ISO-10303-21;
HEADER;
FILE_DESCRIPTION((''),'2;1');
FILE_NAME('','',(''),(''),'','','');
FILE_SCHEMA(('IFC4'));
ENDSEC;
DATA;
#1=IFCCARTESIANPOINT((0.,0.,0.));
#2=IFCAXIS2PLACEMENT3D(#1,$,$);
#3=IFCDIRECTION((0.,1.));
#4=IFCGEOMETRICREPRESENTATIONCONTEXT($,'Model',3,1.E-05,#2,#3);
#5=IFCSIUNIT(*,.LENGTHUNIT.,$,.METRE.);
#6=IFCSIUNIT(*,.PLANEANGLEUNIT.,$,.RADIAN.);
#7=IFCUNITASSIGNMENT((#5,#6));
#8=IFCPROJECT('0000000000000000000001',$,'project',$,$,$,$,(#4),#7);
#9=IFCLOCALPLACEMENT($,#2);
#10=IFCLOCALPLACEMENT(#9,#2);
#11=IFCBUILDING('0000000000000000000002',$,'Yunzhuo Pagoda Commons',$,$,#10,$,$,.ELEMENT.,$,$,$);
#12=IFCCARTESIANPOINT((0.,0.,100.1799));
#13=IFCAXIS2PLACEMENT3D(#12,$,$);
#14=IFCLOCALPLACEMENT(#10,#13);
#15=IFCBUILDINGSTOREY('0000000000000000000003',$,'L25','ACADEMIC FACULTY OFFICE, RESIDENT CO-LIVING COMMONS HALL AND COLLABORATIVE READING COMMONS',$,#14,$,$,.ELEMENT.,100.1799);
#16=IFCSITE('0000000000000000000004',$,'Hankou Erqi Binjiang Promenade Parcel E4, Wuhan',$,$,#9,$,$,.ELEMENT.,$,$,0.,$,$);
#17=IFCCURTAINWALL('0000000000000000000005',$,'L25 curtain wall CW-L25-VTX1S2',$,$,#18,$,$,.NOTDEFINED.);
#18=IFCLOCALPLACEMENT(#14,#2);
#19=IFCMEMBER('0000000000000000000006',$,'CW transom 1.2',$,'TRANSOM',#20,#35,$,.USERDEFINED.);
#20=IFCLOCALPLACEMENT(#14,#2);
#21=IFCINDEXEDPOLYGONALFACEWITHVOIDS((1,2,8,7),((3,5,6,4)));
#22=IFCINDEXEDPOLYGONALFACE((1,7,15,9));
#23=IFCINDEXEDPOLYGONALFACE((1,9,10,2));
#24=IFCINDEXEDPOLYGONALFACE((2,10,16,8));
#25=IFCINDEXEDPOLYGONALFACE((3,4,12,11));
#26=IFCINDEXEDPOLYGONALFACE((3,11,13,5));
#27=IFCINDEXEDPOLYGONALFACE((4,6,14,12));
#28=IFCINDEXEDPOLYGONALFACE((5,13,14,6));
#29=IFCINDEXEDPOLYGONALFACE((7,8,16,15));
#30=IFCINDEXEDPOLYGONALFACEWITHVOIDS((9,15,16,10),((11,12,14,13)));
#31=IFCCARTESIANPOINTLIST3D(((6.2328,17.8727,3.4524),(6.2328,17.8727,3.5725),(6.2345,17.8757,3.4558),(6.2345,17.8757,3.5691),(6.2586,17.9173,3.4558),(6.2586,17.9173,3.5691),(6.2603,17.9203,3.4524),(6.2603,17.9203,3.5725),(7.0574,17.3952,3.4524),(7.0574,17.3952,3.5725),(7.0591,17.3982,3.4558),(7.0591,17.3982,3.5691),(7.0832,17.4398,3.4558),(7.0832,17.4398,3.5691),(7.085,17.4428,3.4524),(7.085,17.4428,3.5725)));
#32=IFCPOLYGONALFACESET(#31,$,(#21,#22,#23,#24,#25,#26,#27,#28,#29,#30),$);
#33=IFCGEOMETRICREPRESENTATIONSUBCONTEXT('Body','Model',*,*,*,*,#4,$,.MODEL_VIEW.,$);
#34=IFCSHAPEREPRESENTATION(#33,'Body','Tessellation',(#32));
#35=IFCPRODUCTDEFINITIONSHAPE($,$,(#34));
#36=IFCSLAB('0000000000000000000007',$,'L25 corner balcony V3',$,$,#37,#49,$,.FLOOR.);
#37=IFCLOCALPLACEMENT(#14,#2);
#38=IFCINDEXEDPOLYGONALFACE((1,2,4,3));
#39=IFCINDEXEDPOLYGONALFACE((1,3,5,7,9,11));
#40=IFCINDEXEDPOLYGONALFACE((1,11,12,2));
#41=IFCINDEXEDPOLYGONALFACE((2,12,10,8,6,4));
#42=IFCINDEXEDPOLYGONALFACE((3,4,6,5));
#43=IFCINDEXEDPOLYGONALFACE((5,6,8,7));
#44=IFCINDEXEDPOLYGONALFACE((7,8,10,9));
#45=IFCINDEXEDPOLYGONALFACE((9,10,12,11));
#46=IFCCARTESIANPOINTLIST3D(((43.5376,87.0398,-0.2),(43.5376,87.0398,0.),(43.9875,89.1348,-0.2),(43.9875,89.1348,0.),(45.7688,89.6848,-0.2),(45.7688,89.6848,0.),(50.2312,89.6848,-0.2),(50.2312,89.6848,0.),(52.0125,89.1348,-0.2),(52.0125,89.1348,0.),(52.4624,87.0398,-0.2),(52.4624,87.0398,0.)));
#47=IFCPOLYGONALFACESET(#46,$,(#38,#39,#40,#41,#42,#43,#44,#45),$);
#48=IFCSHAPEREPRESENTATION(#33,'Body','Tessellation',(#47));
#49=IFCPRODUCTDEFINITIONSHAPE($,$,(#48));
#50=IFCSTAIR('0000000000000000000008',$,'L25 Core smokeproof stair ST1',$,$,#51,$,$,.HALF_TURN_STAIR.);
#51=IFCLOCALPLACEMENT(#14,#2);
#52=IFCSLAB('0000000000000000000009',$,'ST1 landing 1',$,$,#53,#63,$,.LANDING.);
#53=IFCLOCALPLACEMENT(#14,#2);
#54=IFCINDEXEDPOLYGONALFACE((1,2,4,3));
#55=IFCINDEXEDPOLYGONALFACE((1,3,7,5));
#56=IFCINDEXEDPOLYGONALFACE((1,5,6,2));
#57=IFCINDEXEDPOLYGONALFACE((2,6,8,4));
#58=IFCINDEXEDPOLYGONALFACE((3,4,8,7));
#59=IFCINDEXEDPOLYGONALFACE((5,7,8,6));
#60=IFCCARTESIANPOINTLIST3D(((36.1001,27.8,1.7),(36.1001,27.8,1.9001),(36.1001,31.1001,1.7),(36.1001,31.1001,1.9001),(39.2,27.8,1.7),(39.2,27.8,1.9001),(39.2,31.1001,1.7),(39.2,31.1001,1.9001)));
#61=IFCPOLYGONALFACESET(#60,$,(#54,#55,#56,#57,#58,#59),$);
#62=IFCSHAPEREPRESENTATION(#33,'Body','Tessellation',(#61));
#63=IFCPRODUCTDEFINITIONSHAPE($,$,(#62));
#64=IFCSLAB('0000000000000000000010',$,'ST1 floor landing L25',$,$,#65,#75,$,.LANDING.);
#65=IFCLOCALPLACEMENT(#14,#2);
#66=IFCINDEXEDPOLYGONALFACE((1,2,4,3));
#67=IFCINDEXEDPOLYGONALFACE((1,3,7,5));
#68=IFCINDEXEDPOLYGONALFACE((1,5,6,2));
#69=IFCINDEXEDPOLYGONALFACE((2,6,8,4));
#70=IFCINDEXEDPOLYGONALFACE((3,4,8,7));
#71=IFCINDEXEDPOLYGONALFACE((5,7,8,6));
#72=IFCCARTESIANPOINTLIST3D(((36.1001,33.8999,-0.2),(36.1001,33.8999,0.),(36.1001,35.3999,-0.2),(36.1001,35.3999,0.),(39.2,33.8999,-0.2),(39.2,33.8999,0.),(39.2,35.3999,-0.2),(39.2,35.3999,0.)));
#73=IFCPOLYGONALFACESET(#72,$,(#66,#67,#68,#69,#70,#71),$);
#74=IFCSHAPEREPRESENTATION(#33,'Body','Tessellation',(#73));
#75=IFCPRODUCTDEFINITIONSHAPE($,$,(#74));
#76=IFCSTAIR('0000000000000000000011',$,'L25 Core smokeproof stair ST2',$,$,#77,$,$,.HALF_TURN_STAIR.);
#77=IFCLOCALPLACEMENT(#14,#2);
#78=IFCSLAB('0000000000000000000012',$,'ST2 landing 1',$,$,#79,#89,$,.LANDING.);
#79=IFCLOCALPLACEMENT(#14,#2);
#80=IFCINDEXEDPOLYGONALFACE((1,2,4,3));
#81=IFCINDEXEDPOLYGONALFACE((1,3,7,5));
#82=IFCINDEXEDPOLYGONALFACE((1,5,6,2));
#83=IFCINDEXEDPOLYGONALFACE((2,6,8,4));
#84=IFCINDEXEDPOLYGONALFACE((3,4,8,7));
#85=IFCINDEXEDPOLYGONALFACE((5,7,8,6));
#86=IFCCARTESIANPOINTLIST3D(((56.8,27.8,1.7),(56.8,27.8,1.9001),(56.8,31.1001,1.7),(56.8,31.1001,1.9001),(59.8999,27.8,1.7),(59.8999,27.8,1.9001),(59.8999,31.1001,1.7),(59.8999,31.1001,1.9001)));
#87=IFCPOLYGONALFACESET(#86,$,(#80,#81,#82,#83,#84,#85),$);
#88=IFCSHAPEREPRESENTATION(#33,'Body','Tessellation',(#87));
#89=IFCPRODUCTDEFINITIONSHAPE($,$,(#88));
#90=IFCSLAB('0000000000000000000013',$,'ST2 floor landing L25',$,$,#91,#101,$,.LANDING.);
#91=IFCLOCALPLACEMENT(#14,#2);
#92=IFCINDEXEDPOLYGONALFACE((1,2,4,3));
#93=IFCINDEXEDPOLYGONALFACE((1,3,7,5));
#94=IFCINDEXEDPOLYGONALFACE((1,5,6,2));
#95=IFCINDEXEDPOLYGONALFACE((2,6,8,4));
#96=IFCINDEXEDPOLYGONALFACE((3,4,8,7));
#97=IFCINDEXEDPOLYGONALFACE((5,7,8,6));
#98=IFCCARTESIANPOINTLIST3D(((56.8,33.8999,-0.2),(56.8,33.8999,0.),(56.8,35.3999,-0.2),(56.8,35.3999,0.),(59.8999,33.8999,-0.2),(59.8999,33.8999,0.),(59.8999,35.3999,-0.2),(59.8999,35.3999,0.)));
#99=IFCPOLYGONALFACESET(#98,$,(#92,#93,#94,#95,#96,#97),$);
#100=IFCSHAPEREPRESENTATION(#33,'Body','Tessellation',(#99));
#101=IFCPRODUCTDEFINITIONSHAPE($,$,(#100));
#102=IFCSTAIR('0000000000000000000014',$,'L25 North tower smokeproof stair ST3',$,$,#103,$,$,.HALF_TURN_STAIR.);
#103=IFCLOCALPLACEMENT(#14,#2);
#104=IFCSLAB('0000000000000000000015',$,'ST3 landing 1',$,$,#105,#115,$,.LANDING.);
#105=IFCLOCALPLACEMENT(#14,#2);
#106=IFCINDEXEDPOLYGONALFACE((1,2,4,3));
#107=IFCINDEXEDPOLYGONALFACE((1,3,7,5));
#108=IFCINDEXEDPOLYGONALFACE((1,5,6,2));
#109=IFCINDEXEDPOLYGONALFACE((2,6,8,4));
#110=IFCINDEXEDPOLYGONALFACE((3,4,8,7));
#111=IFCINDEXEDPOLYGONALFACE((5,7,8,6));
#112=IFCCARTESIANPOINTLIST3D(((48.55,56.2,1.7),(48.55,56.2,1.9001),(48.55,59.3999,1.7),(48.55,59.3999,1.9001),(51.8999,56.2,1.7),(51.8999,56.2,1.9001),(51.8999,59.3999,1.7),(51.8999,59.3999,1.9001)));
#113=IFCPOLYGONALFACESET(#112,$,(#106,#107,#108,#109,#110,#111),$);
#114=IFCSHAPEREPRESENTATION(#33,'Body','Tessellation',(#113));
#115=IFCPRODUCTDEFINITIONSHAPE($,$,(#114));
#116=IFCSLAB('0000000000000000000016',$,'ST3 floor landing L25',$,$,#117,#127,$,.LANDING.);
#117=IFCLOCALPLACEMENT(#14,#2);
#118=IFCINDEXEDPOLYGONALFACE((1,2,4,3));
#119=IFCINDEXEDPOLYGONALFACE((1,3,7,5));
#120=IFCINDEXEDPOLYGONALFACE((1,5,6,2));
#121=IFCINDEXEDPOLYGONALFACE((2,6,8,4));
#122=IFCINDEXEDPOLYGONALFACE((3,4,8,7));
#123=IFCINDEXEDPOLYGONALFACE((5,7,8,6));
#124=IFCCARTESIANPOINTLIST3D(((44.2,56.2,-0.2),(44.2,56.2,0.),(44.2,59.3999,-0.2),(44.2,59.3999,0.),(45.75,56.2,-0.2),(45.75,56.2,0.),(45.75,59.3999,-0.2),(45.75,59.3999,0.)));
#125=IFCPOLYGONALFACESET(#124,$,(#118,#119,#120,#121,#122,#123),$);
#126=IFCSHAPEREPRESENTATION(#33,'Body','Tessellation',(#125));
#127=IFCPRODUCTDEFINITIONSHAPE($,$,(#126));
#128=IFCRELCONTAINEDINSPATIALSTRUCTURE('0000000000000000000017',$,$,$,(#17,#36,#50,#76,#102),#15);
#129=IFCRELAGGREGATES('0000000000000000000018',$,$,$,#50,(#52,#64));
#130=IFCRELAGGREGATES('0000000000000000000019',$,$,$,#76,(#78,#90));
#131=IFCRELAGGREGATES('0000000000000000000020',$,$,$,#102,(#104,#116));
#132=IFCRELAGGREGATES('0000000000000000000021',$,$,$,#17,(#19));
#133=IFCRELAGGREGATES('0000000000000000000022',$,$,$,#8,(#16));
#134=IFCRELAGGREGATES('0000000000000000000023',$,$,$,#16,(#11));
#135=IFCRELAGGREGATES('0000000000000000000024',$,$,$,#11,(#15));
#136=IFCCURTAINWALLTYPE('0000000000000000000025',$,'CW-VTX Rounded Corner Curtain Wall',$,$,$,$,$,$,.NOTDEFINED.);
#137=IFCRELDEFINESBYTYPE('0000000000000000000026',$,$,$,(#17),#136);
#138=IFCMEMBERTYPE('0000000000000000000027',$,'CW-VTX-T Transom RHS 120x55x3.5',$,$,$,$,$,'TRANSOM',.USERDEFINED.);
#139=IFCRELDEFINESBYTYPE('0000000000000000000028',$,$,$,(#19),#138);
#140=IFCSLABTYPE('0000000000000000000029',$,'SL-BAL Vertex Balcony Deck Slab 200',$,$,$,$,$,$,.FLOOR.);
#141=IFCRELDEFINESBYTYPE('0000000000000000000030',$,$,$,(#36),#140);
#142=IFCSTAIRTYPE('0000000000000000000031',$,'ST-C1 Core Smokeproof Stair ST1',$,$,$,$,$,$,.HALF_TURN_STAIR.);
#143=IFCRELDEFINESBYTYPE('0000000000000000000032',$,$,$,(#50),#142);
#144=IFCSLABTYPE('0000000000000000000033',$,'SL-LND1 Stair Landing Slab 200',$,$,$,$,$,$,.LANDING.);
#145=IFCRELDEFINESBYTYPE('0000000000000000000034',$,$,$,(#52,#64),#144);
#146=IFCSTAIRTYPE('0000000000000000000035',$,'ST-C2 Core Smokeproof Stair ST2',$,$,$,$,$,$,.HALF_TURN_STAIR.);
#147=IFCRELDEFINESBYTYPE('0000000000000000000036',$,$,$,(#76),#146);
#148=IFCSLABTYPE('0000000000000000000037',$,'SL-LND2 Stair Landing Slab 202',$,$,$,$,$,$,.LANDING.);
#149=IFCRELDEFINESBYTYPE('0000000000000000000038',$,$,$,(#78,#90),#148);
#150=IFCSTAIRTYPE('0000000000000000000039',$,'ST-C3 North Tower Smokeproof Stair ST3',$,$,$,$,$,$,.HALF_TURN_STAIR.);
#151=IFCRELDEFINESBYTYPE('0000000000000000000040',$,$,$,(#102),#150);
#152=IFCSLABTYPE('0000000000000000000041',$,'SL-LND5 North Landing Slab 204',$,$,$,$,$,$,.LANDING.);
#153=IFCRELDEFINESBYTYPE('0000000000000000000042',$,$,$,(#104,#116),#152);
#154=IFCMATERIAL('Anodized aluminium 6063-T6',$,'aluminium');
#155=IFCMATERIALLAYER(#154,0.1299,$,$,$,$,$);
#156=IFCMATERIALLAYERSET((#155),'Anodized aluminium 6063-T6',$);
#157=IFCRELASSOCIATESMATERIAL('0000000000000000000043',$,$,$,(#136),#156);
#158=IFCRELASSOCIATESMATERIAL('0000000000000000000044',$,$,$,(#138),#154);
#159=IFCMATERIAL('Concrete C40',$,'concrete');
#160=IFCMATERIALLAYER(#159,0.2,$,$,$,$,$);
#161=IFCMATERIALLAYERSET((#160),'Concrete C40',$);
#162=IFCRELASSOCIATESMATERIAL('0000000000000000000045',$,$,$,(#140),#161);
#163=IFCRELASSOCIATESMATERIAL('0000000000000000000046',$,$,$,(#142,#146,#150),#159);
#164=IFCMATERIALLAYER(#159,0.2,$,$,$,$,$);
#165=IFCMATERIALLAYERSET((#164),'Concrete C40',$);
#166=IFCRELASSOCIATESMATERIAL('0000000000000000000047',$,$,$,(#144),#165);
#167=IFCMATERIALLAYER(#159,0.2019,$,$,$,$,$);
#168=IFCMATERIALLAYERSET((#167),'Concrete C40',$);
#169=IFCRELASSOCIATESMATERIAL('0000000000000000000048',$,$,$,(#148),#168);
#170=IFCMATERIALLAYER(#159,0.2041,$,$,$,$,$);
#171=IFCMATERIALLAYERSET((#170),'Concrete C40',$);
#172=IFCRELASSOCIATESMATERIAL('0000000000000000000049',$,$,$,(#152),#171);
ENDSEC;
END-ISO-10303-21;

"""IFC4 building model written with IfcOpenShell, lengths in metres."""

from ifc_helpers import new_model, si_unit, direction, frame, origin, origin_2d, place, context, subcontext, project, spatial, polyline, hollow_rectangle, outline, extrude, source, transform, mapped, material, layer, layer_set, material_profile, profile_set, type_object, element, aggregate, save


model = new_model("IFC4")

# Units and contexts
model_context = context("Model", 3, precision=1e-05, world=origin(), true_north=direction((0.0, 1.0)))
body_context = subcontext(model_context, "Body", "Model", "MODEL_VIEW")
ifc_project = project(units=[si_unit("LENGTHUNIT", "METRE"), si_unit("PLANEANGLEUNIT", "RADIAN")], contexts=[model_context])

# Site, building, storey
site_placement = place(None, origin())
site = spatial("IfcSite", under=ifc_project, at=site_placement, Name="Hankou Erqi Binjiang Promenade Parcel E4, Wuhan", CompositionType="ELEMENT", RefElevation=0.0)
building_placement = place(site_placement, origin())
building = spatial("IfcBuilding", under=site, at=building_placement, Name="Yunzhuo Pagoda Commons", CompositionType="ELEMENT")
storey_placement = place(building_placement, frame((0.0, 0.0, 100.1799)))
storey = spatial("IfcBuildingStorey", under=building, at=storey_placement, Name="L25", Description="ACADEMIC FACULTY OFFICE, RESIDENT CO-LIVING COMMONS HALL AND COLLABORATIVE READING COMMONS", CompositionType="ELEMENT", Elevation=100.1799)

# Curtain wall, member
ifc_material_1 = material(Name="Anodized aluminium 6063-T6", Category="aluminium")
ifc_layer_1 = layer(ifc_material_1, 0.1299)
ifc_layer_set_1 = layer_set([ifc_layer_1], Name="Anodized aluminium 6063-T6")
curtain_wall_type = type_object("IfcCurtainWallType", Name="CW-VTX Rounded Corner Curtain Wall", PredefinedType="NOTDEFINED", material=ifc_layer_set_1)
curtain_wall_1_placement = place(storey_placement, origin())
curtain_wall_1 = element("IfcCurtainWall", 1, at=curtain_wall_1_placement, inside=storey, type_object=curtain_wall_type, Name="L25 curtain wall CW-L25-VTX1S2", PredefinedType="NOTDEFINED")
ifc_material_profile_1 = material_profile(ifc_material_1, hollow_rectangle(XDim=0.0549, YDim=0.1201, WallThickness=0.0034, at=origin_2d()), Name="Anodized aluminium 6063-T6")
ifc_profile_set_1 = profile_set([ifc_material_profile_1], Name="Anodized aluminium 6063-T6")
member_type_1 = type_object("IfcMemberType", Name="CW-VTX-T Transom RHS 120x55x3.5", ElementType="TRANSOM", PredefinedType="USERDEFINED", material=ifc_profile_set_1)
shared_shape_1 = source(origin(), body_context, "Body", "SweptSolid", [
    extrude(hollow_rectangle(XDim=0.0549, YDim=0.1201, WallThickness=0.0034, at=origin_2d()), origin(), (0.0, 0.0, 1.0), 0.9529),
])
member_1_placement = place(storey_placement, frame((6.2466, 17.8965, 3.5125), z_axis=(0.865391, -0.501097, 0.0), x_axis=(0.501097, 0.865391, 0.0)))
member_1 = element("IfcMember", 2, at=member_1_placement, type_object=member_type_1, Name="CW transom 1.2", ObjectType="TRANSOM", PredefinedType="USERDEFINED", context=body_context, shape_type="MappedRepresentation", body=[
    mapped(shared_shape_1, transform((0.0, 0.0, 0.0), scale=1.0)),
])

# Slab
ifc_material_2 = material(Name="Concrete C40", Category="concrete")
ifc_layer_2 = layer(ifc_material_2, 0.2)
ifc_layer_set_2 = layer_set([ifc_layer_2], Name="Concrete C40")
slab_type_1 = type_object("IfcSlabType", Name="SL-BAL Vertex Balcony Deck Slab 200", PredefinedType="FLOOR", material=ifc_layer_set_2)
slab_1_placement = place(storey_placement, frame((0.0, 0.0, -0.2)))
element("IfcSlab", 3, at=slab_1_placement, inside=storey, type_object=slab_type_1, Name="L25 corner balcony V3", PredefinedType="FLOOR", context=body_context, shape_type="SweptSolid", body=[
    extrude(outline(polyline([(52.4624, 87.0398), (43.5376, 87.0398), (43.9875, 89.1348), (45.7688, 89.6848), (50.2312, 89.6848), (52.0125, 89.1348), (52.4624, 87.0398)])), origin(), (0.0, 0.0, 1.0), 0.2),
])

# Stairs, slabs
stair_type_1 = type_object("IfcStairType", Name="ST-C1 Core Smokeproof Stair ST1", PredefinedType="HALF_TURN_STAIR", material=ifc_material_2)
stair_1_placement = place(storey_placement, origin())
stair_1 = element("IfcStair", 4, at=stair_1_placement, inside=storey, type_object=stair_type_1, Name="L25 Core smokeproof stair ST1", PredefinedType="HALF_TURN_STAIR")
ifc_layer_3 = layer(ifc_material_2, 0.2)
ifc_layer_set_3 = layer_set([ifc_layer_3], Name="Concrete C40")
slab_type_2 = type_object("IfcSlabType", Name="SL-LND1 Stair Landing Slab 200", PredefinedType="LANDING", material=ifc_layer_set_3)
slab_2_placement = place(storey_placement, frame((0.0, 0.0, 1.7)))
slab_2 = element("IfcSlab", 5, at=slab_2_placement, type_object=slab_type_2, Name="ST1 landing 1", PredefinedType="LANDING", context=body_context, shape_type="SweptSolid", body=[
    extrude(outline(polyline([(36.1001, 31.1001), (36.1001, 27.8), (39.2, 27.8), (39.2, 31.1001), (36.1001, 31.1001)])), origin(), (0.0, 0.0, 1.0), 0.2002),
])
slab_3_placement = place(storey_placement, frame((0.0, 0.0, -0.2)))
slab_3 = element("IfcSlab", 6, at=slab_3_placement, type_object=slab_type_2, Name="ST1 floor landing L25", PredefinedType="LANDING", context=body_context, shape_type="SweptSolid", body=[
    extrude(outline(polyline([(36.1001, 35.3999), (36.1001, 33.8999), (39.2, 33.8999), (39.2, 35.3999), (36.1001, 35.3999)])), origin(), (0.0, 0.0, 1.0), 0.2),
])
aggregate(stair_1, [slab_2, slab_3])
stair_type_2 = type_object("IfcStairType", Name="ST-C2 Core Smokeproof Stair ST2", PredefinedType="HALF_TURN_STAIR", material=ifc_material_2)
stair_2_placement = place(storey_placement, origin())
stair_2 = element("IfcStair", 7, at=stair_2_placement, inside=storey, type_object=stair_type_2, Name="L25 Core smokeproof stair ST2", PredefinedType="HALF_TURN_STAIR")
ifc_layer_4 = layer(ifc_material_2, 0.2019)
ifc_layer_set_4 = layer_set([ifc_layer_4], Name="Concrete C40")
slab_type_3 = type_object("IfcSlabType", Name="SL-LND2 Stair Landing Slab 202", PredefinedType="LANDING", material=ifc_layer_set_4)
slab_4_placement = place(storey_placement, frame((0.0, 0.0, 1.7)))
slab_4 = element("IfcSlab", 8, at=slab_4_placement, type_object=slab_type_3, Name="ST2 landing 1", PredefinedType="LANDING", context=body_context, shape_type="SweptSolid", body=[
    extrude(outline(polyline([(56.8, 31.1001), (56.8, 27.8), (59.8999, 27.8), (59.8999, 31.1001), (56.8, 31.1001)])), origin(), (0.0, 0.0, 1.0), 0.2002),
])
slab_5_placement = place(storey_placement, frame((0.0, 0.0, -0.2)))
slab_5 = element("IfcSlab", 9, at=slab_5_placement, type_object=slab_type_3, Name="ST2 floor landing L25", PredefinedType="LANDING", context=body_context, shape_type="SweptSolid", body=[
    extrude(outline(polyline([(56.8, 35.3999), (56.8, 33.8999), (59.8999, 33.8999), (59.8999, 35.3999), (56.8, 35.3999)])), origin(), (0.0, 0.0, 1.0), 0.2),
])
aggregate(stair_2, [slab_4, slab_5])
stair_type_3 = type_object("IfcStairType", Name="ST-C3 North Tower Smokeproof Stair ST3", PredefinedType="HALF_TURN_STAIR", material=ifc_material_2)
stair_3_placement = place(storey_placement, origin())
stair_3 = element("IfcStair", 10, at=stair_3_placement, inside=storey, type_object=stair_type_3, Name="L25 North tower smokeproof stair ST3", PredefinedType="HALF_TURN_STAIR")
ifc_layer_5 = layer(ifc_material_2, 0.2041)
ifc_layer_set_5 = layer_set([ifc_layer_5], Name="Concrete C40")
slab_type_4 = type_object("IfcSlabType", Name="SL-LND5 North Landing Slab 204", PredefinedType="LANDING", material=ifc_layer_set_5)
slab_6_placement = place(storey_placement, frame((0.0, 0.0, 1.7)))
slab_6 = element("IfcSlab", 11, at=slab_6_placement, type_object=slab_type_4, Name="ST3 landing 1", PredefinedType="LANDING", context=body_context, shape_type="SweptSolid", body=[
    extrude(outline(polyline([(48.55, 56.2), (51.8999, 56.2), (51.8999, 59.3999), (48.55, 59.3999), (48.55, 56.2)])), origin(), (0.0, 0.0, 1.0), 0.2002),
])
slab_7_placement = place(storey_placement, frame((0.0, 0.0, -0.2)))
slab_7 = element("IfcSlab", 12, at=slab_7_placement, type_object=slab_type_4, Name="ST3 floor landing L25", PredefinedType="LANDING", context=body_context, shape_type="SweptSolid", body=[
    extrude(outline(polyline([(44.2, 56.2), (45.75, 56.2), (45.75, 59.3999), (44.2, 59.3999), (44.2, 56.2)])), origin(), (0.0, 0.0, 1.0), 0.2),
])
aggregate(stair_3, [slab_6, slab_7])

aggregate(curtain_wall_1, [member_1])

save(model, "model.ifc")
